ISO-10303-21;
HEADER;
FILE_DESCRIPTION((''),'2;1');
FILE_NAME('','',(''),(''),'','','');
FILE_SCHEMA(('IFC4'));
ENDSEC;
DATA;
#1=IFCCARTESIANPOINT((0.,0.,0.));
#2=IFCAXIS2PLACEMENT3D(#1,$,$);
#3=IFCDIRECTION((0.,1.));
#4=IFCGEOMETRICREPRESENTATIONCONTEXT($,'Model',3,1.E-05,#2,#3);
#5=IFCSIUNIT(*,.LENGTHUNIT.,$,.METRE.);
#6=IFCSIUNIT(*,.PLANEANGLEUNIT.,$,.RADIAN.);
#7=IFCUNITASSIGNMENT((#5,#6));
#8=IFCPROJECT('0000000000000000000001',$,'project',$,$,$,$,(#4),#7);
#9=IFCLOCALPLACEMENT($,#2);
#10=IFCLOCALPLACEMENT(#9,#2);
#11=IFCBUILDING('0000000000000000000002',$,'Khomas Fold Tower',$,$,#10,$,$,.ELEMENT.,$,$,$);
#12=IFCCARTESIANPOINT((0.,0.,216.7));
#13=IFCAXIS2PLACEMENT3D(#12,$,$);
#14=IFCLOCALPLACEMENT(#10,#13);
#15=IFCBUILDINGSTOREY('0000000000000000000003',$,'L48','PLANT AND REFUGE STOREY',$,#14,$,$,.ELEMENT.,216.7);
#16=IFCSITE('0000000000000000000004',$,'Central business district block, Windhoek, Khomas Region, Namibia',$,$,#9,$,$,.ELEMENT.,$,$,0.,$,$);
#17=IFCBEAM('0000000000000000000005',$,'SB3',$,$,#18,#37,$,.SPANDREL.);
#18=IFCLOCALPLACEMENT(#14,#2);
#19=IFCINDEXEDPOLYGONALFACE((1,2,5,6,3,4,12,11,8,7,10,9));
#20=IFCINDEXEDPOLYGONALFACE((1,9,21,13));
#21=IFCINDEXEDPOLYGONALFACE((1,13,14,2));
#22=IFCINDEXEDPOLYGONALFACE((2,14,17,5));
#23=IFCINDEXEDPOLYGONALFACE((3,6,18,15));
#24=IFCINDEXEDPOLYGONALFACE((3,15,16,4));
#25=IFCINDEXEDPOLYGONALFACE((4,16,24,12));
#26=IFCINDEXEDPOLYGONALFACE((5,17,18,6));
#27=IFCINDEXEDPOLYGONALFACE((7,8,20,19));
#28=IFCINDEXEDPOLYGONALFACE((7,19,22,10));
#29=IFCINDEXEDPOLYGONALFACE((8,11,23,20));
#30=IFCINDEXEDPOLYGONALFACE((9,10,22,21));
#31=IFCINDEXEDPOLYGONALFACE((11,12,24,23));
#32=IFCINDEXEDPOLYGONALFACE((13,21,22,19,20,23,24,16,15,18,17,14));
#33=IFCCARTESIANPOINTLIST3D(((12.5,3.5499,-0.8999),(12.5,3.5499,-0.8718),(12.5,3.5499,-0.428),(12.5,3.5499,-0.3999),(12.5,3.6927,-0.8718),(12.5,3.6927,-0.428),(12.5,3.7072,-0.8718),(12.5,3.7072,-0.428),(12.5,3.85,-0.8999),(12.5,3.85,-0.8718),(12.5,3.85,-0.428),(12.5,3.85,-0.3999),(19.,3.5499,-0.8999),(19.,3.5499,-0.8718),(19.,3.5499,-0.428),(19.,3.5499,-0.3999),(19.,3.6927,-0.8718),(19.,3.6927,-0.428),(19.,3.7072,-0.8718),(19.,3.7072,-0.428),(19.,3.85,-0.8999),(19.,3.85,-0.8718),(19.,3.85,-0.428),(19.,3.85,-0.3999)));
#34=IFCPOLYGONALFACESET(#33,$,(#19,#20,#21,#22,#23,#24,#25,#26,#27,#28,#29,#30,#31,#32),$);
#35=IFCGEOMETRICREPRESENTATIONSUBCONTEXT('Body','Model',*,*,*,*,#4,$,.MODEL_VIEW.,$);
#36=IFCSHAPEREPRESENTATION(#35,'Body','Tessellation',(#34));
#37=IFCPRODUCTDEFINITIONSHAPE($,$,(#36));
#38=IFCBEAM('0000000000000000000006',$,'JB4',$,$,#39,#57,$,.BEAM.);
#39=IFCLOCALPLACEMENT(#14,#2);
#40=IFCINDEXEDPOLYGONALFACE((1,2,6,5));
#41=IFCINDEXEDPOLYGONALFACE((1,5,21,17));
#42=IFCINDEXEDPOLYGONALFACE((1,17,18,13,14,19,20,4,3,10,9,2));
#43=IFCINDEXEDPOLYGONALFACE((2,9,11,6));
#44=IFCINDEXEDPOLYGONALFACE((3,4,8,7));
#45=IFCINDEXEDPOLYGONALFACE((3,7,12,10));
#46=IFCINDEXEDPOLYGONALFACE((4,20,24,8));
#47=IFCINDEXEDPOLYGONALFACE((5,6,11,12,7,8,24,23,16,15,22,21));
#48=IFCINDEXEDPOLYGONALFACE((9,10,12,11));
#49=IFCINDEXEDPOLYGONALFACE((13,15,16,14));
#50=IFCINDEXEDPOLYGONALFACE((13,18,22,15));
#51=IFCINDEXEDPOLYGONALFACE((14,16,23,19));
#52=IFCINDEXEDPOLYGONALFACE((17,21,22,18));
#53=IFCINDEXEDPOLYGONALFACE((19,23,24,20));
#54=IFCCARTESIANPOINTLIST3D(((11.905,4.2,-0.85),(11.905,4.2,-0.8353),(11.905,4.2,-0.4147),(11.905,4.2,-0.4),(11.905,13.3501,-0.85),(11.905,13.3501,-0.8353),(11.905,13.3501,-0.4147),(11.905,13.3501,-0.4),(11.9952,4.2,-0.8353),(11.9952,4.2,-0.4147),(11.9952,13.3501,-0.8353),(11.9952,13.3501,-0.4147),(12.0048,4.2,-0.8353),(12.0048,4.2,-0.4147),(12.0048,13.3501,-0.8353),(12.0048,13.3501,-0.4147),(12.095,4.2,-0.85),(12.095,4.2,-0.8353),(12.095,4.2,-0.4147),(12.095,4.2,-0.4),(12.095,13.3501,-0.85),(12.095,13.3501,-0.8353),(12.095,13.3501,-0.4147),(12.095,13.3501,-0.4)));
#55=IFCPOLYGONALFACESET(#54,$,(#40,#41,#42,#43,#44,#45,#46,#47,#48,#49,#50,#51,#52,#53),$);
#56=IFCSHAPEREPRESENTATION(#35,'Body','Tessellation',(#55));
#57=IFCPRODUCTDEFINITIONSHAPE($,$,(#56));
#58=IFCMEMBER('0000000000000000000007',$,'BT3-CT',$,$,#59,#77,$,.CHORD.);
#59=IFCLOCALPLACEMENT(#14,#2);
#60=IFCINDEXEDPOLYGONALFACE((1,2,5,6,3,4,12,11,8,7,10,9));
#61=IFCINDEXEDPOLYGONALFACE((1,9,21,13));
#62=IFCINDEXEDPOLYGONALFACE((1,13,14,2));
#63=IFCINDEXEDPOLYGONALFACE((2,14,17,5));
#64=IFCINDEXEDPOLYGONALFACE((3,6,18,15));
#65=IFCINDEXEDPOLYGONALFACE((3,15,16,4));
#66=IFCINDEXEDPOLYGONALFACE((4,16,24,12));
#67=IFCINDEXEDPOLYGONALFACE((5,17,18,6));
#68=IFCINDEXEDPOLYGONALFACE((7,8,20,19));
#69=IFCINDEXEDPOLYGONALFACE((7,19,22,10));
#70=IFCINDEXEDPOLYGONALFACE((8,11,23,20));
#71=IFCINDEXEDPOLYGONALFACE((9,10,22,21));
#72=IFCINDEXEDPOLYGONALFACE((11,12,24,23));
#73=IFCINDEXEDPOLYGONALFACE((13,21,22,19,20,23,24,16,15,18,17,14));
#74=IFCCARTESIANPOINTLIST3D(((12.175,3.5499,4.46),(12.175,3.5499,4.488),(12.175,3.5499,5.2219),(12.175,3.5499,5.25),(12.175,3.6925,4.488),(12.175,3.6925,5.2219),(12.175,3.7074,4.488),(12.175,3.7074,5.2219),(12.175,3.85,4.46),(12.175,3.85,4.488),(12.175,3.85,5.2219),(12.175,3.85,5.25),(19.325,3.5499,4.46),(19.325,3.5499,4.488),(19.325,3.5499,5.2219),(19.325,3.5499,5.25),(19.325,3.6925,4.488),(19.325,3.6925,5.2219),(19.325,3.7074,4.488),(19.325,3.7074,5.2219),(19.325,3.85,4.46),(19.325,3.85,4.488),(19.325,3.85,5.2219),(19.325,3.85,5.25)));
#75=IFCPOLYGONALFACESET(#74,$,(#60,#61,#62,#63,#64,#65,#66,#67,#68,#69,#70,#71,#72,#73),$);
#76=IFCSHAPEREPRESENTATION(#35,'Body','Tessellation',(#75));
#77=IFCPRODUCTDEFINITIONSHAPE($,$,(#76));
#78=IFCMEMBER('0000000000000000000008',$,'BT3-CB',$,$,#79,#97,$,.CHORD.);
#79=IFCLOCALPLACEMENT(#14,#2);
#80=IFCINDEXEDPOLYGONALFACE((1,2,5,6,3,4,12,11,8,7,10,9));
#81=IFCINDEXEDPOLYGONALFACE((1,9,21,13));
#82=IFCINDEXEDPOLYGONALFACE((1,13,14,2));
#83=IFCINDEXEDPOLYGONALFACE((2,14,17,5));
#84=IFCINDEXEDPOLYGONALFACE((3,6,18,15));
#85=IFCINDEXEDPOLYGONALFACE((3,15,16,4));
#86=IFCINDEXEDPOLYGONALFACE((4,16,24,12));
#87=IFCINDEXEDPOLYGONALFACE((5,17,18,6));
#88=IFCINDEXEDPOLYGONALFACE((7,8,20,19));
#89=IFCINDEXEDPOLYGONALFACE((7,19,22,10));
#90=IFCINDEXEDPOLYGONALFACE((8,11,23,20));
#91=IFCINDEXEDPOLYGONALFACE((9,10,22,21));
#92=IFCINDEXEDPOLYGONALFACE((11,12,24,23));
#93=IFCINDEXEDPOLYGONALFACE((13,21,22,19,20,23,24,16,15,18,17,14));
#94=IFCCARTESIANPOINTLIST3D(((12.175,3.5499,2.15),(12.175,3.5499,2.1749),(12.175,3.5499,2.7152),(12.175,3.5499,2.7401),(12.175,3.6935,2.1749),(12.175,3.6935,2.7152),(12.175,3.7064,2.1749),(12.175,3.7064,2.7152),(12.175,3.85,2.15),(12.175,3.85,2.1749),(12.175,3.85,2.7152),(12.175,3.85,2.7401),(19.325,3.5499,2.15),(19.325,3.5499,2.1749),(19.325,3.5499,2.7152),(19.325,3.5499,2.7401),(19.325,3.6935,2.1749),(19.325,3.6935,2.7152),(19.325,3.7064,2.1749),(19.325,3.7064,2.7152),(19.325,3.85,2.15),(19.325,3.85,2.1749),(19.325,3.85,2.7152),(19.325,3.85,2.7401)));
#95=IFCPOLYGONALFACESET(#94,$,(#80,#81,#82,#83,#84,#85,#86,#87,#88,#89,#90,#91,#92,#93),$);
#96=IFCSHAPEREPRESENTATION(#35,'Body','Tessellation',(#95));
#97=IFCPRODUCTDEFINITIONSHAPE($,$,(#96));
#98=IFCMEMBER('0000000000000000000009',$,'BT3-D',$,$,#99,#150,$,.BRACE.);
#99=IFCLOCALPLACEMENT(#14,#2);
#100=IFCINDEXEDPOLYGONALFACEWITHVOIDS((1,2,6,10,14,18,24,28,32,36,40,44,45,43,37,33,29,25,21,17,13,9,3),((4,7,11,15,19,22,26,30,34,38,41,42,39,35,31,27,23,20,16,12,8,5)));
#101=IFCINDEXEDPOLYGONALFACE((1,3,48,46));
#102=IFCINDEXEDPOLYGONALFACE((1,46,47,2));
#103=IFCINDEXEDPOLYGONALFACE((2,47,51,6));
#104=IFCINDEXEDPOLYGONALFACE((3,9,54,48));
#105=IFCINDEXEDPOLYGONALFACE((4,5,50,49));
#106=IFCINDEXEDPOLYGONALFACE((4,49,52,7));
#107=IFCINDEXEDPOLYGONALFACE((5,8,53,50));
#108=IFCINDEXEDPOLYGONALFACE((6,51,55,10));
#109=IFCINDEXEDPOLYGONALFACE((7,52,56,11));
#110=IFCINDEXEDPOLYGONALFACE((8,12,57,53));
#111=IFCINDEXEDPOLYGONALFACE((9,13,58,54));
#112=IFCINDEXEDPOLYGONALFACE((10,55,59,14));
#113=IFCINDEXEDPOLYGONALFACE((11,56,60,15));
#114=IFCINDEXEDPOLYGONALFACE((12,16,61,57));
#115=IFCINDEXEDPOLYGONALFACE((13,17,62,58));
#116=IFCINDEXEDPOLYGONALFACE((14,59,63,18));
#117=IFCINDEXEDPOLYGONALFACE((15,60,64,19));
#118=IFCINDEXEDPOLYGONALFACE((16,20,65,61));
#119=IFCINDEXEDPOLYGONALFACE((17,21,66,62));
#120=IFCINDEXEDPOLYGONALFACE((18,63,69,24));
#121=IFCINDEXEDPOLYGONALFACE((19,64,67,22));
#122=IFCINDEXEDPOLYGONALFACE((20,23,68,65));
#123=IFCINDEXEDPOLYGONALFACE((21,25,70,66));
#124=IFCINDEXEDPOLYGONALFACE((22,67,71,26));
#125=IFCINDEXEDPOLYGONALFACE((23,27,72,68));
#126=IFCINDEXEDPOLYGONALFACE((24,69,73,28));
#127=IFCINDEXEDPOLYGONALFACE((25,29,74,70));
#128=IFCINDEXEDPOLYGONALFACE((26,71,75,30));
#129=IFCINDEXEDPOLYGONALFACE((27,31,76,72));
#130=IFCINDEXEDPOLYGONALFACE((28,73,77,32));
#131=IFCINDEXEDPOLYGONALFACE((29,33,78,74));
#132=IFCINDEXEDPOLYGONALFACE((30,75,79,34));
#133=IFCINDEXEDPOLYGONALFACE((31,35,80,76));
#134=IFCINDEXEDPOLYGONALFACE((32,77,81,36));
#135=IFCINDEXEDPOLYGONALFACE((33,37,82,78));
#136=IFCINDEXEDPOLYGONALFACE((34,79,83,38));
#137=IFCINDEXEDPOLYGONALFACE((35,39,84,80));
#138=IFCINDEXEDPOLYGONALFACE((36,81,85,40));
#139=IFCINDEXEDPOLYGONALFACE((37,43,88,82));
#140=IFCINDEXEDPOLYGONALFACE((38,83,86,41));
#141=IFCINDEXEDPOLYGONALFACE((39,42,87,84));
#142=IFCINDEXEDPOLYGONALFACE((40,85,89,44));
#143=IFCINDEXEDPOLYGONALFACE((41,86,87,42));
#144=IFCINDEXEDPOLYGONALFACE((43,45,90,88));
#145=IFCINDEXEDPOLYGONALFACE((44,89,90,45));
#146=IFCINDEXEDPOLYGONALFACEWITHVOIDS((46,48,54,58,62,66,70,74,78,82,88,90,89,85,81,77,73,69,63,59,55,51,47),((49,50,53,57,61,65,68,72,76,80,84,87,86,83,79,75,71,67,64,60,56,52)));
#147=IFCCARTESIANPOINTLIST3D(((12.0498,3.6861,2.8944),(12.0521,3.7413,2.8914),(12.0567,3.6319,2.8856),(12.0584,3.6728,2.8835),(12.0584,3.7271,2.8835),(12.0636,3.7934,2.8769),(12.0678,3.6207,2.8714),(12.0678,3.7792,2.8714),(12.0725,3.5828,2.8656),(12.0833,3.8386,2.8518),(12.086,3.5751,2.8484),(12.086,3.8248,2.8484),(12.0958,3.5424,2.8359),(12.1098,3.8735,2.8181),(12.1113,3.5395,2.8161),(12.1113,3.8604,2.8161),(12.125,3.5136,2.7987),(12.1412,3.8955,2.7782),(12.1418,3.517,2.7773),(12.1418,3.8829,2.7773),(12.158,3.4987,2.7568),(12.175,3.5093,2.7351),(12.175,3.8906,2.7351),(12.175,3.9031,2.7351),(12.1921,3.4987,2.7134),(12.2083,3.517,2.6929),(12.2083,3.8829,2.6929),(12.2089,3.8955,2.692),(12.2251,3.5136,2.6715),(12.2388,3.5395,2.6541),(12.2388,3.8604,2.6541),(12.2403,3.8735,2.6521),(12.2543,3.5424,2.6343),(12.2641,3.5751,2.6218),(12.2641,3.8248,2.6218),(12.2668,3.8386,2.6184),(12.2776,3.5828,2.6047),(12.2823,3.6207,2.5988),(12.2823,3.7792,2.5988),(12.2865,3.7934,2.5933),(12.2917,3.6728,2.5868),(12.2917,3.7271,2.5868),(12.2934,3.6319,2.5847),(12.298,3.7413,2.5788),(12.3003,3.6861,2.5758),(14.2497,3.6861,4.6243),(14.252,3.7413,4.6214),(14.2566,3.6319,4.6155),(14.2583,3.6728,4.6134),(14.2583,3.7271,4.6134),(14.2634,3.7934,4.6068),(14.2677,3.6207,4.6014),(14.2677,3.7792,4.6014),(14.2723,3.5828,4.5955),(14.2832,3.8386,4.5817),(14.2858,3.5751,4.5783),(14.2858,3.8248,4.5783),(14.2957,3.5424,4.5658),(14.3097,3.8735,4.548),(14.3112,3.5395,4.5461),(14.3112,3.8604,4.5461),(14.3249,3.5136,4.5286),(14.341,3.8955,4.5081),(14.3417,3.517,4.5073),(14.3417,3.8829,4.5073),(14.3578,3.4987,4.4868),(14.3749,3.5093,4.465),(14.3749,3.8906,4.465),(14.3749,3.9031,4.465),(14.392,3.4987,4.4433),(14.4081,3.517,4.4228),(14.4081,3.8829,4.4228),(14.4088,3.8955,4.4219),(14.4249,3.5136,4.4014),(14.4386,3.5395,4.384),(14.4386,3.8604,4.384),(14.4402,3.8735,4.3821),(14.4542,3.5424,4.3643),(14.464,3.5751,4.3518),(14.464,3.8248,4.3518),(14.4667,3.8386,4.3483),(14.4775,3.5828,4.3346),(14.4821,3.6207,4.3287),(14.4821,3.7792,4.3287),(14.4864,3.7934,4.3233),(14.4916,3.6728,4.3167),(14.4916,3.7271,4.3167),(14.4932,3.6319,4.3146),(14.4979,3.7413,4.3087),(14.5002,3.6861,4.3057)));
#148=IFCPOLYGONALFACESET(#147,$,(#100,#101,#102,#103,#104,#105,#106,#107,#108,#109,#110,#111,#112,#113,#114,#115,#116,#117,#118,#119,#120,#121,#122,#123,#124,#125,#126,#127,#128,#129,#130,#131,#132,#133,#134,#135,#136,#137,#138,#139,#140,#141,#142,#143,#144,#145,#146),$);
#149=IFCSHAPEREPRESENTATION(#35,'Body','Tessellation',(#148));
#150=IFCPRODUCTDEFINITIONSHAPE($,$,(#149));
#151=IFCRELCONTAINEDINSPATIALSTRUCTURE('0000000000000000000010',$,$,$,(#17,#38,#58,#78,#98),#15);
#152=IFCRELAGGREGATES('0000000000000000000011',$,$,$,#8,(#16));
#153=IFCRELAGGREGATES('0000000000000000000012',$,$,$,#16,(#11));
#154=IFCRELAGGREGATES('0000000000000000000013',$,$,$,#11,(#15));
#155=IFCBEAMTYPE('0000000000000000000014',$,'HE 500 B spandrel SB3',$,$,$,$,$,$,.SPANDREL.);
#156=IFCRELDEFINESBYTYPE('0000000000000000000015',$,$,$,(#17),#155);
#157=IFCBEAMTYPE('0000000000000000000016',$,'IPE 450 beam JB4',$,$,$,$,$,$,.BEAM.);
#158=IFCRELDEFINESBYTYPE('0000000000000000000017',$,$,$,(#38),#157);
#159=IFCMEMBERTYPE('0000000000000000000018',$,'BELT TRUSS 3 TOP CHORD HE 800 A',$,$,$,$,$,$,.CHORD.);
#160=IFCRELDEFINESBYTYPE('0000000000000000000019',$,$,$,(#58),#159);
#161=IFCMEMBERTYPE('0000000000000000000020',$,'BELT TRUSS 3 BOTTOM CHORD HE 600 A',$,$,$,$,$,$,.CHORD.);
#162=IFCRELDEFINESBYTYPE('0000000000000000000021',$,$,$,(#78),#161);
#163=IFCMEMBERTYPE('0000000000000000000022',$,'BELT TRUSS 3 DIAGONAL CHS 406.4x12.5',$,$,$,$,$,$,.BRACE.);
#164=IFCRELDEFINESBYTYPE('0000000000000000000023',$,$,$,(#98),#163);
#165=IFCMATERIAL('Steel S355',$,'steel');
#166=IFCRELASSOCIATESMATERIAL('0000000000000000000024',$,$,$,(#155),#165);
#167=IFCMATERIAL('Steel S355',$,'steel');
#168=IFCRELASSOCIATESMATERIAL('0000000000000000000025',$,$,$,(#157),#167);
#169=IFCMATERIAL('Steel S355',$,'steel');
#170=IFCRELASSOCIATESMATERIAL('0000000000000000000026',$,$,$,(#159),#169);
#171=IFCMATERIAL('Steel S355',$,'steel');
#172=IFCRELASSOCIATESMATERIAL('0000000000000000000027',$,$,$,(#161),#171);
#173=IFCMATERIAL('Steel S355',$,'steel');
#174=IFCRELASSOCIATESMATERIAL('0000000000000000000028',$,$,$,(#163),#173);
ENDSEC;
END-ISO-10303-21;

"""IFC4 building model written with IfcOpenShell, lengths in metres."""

from ifc_helpers import new_model, si_unit, direction, frame, origin, origin_2d, place, context, subcontext, project, spatial, hollow_circle, i_section, extrude, source, transform, mapped, material, material_profile, profile_set, type_object, element, save


model = new_model("IFC4")

# Units and contexts
model_context = context("Model", 3, precision=1e-05, world=origin(), true_north=direction((0.0, 1.0)))
body_context = subcontext(model_context, "Body", "Model", "MODEL_VIEW")
ifc_project = project(units=[si_unit("LENGTHUNIT", "METRE"), si_unit("PLANEANGLEUNIT", "RADIAN")], contexts=[model_context])

# Site, building, storey
site_placement = place(None, origin())
site = spatial("IfcSite", under=ifc_project, at=site_placement, Name="Central business district block, Windhoek, Khomas Region, Namibia", CompositionType="ELEMENT", RefElevation=0.0)
building_placement = place(site_placement, origin())
building = spatial("IfcBuilding", under=site, at=building_placement, Name="Khomas Fold Tower", CompositionType="ELEMENT")
storey_placement = place(building_placement, frame((0.0, 0.0, 216.7)))
storey = spatial("IfcBuildingStorey", under=building, at=storey_placement, Name="L48", Description="PLANT AND REFUGE STOREY", CompositionType="ELEMENT", Elevation=216.7)

# Beams
ifc_material_1 = material(Name="Steel S355", Category="steel")
ifc_material_profile_1 = material_profile(ifc_material_1, i_section(OverallWidth=0.3, OverallDepth=0.5, WebThickness=0.0144, FlangeThickness=0.0281, at=origin_2d()), Name="HE 500 B")
ifc_profile_set_1 = profile_set([ifc_material_profile_1], Name="Steel S355")
beam_type_1 = type_object("IfcBeamType", Name="HE 500 B spandrel SB3", PredefinedType="SPANDREL", material=ifc_profile_set_1)
shared_shape_1 = source(origin(), body_context, "Body", "SweptSolid", [
    extrude(i_section(OverallWidth=0.3, OverallDepth=0.5, WebThickness=0.0144, FlangeThickness=0.0281, at=origin_2d()), origin(), (0.0, 0.0, 1.0), 6.5),
])
beam_1_placement = place(storey_placement, frame((12.5, 3.7, -0.6499), z_axis=(1.0, 0.0, 0.0), x_axis=(0.0, 1.0, 0.0)))
element("IfcBeam", 1, at=beam_1_placement, inside=storey, type_object=beam_type_1, Name="SB3", PredefinedType="SPANDREL", context=body_context, shape_type="MappedRepresentation", body=[
    mapped(shared_shape_1, transform((0.0, 0.0, 0.0))),
])
ifc_material_2 = material(Name="Steel S355", Category="steel")
ifc_material_profile_2 = material_profile(ifc_material_2, i_section(OverallWidth=0.1899, OverallDepth=0.45, WebThickness=0.0095, FlangeThickness=0.0146, at=origin_2d()), Name="IPE 450")
ifc_profile_set_2 = profile_set([ifc_material_profile_2], Name="Steel S355")
beam_type_2 = type_object("IfcBeamType", Name="IPE 450 beam JB4", PredefinedType="BEAM", material=ifc_profile_set_2)
shared_shape_2 = source(origin(), body_context, "Body", "SweptSolid", [
    extrude(i_section(OverallWidth=0.1899, OverallDepth=0.45, WebThickness=0.0095, FlangeThickness=0.0146, at=origin_2d()), origin(), (0.0, 0.0, 1.0), 9.1501),
])
beam_2_placement = place(storey_placement, frame((12.0, 4.2, -0.625), z_axis=(0.0, 1.0, 0.0), x_axis=(-1.0, 0.0, 0.0)))
element("IfcBeam", 2, at=beam_2_placement, inside=storey, type_object=beam_type_2, Name="JB4", PredefinedType="BEAM", context=body_context, shape_type="MappedRepresentation", body=[
    mapped(shared_shape_2, transform((0.0, 0.0, 0.0))),
])

# Members
ifc_material_3 = material(Name="Steel S355", Category="steel")
ifc_material_profile_3 = material_profile(ifc_material_3, i_section(OverallWidth=0.3, OverallDepth=0.79, WebThickness=0.0149, FlangeThickness=0.0281, at=origin_2d()), Name="HE 800 A")
ifc_profile_set_3 = profile_set([ifc_material_profile_3], Name="Steel S355")
member_type_1 = type_object("IfcMemberType", Name="BELT TRUSS 3 TOP CHORD HE 800 A", PredefinedType="CHORD", material=ifc_profile_set_3)
shared_shape_3 = source(origin(), body_context, "Body", "SweptSolid", [
    extrude(i_section(OverallWidth=0.3, OverallDepth=0.79, WebThickness=0.0149, FlangeThickness=0.0281, at=origin_2d()), origin(), (0.0, 0.0, 1.0), 7.1499),
])
member_1_placement = place(storey_placement, frame((12.175, 3.7, 4.855), z_axis=(1.0, 0.0, 0.0), x_axis=(0.0, 1.0, 0.0)))
element("IfcMember", 3, at=member_1_placement, inside=storey, type_object=member_type_1, Name="BT3-CT", PredefinedType="CHORD", context=body_context, shape_type="MappedRepresentation", body=[
    mapped(shared_shape_3, transform((0.0, 0.0, 0.0))),
])
ifc_material_4 = material(Name="Steel S355", Category="steel")
ifc_material_profile_4 = material_profile(ifc_material_4, i_section(OverallWidth=0.3, OverallDepth=0.5901, WebThickness=0.0129, FlangeThickness=0.0249, at=origin_2d()), Name="HE 600 A")
ifc_profile_set_4 = profile_set([ifc_material_profile_4], Name="Steel S355")
member_type_2 = type_object("IfcMemberType", Name="BELT TRUSS 3 BOTTOM CHORD HE 600 A", PredefinedType="CHORD", material=ifc_profile_set_4)
shared_shape_4 = source(origin(), body_context, "Body", "SweptSolid", [
    extrude(i_section(OverallWidth=0.3, OverallDepth=0.5901, WebThickness=0.0129, FlangeThickness=0.0249, at=origin_2d()), origin(), (0.0, 0.0, 1.0), 7.1499),
])
member_2_placement = place(storey_placement, frame((12.175, 3.7, 2.4451), z_axis=(1.0, 0.0, 0.0), x_axis=(0.0, 1.0, 0.0)))
element("IfcMember", 4, at=member_2_placement, inside=storey, type_object=member_type_2, Name="BT3-CB", PredefinedType="CHORD", context=body_context, shape_type="MappedRepresentation", body=[
    mapped(shared_shape_4, transform((0.0, 0.0, 0.0))),
])
ifc_material_5 = material(Name="Steel S355", Category="steel")
ifc_material_profile_5 = material_profile(ifc_material_5, hollow_circle(Radius=0.2031, WallThickness=0.0125, at=origin_2d()), Name="CHS 406.4x12.5")
ifc_profile_set_5 = profile_set([ifc_material_profile_5], Name="Steel S355")
member_type_3 = type_object("IfcMemberType", Name="BELT TRUSS 3 DIAGONAL CHS 406.4x12.5", PredefinedType="BRACE", material=ifc_profile_set_5)
shared_shape_5 = source(origin(), body_context, "Body", "SweptSolid", [
    extrude(hollow_circle(Radius=0.2031, WallThickness=0.0125, at=origin_2d()), origin(), (0.0, 0.0, 1.0), 2.7986),
])
member_3_placement = place(storey_placement, frame((12.175, 3.7, 2.7351), z_axis=(0.786067, 0.0, 0.618141), x_axis=(0.0, 1.0, 0.0)))
element("IfcMember", 5, at=member_3_placement, inside=storey, type_object=member_type_3, Name="BT3-D", PredefinedType="BRACE", context=body_context, shape_type="MappedRepresentation", body=[
    mapped(shared_shape_5, transform((0.0, 0.0, 0.0))),
])

save(model, "model.ifc")
